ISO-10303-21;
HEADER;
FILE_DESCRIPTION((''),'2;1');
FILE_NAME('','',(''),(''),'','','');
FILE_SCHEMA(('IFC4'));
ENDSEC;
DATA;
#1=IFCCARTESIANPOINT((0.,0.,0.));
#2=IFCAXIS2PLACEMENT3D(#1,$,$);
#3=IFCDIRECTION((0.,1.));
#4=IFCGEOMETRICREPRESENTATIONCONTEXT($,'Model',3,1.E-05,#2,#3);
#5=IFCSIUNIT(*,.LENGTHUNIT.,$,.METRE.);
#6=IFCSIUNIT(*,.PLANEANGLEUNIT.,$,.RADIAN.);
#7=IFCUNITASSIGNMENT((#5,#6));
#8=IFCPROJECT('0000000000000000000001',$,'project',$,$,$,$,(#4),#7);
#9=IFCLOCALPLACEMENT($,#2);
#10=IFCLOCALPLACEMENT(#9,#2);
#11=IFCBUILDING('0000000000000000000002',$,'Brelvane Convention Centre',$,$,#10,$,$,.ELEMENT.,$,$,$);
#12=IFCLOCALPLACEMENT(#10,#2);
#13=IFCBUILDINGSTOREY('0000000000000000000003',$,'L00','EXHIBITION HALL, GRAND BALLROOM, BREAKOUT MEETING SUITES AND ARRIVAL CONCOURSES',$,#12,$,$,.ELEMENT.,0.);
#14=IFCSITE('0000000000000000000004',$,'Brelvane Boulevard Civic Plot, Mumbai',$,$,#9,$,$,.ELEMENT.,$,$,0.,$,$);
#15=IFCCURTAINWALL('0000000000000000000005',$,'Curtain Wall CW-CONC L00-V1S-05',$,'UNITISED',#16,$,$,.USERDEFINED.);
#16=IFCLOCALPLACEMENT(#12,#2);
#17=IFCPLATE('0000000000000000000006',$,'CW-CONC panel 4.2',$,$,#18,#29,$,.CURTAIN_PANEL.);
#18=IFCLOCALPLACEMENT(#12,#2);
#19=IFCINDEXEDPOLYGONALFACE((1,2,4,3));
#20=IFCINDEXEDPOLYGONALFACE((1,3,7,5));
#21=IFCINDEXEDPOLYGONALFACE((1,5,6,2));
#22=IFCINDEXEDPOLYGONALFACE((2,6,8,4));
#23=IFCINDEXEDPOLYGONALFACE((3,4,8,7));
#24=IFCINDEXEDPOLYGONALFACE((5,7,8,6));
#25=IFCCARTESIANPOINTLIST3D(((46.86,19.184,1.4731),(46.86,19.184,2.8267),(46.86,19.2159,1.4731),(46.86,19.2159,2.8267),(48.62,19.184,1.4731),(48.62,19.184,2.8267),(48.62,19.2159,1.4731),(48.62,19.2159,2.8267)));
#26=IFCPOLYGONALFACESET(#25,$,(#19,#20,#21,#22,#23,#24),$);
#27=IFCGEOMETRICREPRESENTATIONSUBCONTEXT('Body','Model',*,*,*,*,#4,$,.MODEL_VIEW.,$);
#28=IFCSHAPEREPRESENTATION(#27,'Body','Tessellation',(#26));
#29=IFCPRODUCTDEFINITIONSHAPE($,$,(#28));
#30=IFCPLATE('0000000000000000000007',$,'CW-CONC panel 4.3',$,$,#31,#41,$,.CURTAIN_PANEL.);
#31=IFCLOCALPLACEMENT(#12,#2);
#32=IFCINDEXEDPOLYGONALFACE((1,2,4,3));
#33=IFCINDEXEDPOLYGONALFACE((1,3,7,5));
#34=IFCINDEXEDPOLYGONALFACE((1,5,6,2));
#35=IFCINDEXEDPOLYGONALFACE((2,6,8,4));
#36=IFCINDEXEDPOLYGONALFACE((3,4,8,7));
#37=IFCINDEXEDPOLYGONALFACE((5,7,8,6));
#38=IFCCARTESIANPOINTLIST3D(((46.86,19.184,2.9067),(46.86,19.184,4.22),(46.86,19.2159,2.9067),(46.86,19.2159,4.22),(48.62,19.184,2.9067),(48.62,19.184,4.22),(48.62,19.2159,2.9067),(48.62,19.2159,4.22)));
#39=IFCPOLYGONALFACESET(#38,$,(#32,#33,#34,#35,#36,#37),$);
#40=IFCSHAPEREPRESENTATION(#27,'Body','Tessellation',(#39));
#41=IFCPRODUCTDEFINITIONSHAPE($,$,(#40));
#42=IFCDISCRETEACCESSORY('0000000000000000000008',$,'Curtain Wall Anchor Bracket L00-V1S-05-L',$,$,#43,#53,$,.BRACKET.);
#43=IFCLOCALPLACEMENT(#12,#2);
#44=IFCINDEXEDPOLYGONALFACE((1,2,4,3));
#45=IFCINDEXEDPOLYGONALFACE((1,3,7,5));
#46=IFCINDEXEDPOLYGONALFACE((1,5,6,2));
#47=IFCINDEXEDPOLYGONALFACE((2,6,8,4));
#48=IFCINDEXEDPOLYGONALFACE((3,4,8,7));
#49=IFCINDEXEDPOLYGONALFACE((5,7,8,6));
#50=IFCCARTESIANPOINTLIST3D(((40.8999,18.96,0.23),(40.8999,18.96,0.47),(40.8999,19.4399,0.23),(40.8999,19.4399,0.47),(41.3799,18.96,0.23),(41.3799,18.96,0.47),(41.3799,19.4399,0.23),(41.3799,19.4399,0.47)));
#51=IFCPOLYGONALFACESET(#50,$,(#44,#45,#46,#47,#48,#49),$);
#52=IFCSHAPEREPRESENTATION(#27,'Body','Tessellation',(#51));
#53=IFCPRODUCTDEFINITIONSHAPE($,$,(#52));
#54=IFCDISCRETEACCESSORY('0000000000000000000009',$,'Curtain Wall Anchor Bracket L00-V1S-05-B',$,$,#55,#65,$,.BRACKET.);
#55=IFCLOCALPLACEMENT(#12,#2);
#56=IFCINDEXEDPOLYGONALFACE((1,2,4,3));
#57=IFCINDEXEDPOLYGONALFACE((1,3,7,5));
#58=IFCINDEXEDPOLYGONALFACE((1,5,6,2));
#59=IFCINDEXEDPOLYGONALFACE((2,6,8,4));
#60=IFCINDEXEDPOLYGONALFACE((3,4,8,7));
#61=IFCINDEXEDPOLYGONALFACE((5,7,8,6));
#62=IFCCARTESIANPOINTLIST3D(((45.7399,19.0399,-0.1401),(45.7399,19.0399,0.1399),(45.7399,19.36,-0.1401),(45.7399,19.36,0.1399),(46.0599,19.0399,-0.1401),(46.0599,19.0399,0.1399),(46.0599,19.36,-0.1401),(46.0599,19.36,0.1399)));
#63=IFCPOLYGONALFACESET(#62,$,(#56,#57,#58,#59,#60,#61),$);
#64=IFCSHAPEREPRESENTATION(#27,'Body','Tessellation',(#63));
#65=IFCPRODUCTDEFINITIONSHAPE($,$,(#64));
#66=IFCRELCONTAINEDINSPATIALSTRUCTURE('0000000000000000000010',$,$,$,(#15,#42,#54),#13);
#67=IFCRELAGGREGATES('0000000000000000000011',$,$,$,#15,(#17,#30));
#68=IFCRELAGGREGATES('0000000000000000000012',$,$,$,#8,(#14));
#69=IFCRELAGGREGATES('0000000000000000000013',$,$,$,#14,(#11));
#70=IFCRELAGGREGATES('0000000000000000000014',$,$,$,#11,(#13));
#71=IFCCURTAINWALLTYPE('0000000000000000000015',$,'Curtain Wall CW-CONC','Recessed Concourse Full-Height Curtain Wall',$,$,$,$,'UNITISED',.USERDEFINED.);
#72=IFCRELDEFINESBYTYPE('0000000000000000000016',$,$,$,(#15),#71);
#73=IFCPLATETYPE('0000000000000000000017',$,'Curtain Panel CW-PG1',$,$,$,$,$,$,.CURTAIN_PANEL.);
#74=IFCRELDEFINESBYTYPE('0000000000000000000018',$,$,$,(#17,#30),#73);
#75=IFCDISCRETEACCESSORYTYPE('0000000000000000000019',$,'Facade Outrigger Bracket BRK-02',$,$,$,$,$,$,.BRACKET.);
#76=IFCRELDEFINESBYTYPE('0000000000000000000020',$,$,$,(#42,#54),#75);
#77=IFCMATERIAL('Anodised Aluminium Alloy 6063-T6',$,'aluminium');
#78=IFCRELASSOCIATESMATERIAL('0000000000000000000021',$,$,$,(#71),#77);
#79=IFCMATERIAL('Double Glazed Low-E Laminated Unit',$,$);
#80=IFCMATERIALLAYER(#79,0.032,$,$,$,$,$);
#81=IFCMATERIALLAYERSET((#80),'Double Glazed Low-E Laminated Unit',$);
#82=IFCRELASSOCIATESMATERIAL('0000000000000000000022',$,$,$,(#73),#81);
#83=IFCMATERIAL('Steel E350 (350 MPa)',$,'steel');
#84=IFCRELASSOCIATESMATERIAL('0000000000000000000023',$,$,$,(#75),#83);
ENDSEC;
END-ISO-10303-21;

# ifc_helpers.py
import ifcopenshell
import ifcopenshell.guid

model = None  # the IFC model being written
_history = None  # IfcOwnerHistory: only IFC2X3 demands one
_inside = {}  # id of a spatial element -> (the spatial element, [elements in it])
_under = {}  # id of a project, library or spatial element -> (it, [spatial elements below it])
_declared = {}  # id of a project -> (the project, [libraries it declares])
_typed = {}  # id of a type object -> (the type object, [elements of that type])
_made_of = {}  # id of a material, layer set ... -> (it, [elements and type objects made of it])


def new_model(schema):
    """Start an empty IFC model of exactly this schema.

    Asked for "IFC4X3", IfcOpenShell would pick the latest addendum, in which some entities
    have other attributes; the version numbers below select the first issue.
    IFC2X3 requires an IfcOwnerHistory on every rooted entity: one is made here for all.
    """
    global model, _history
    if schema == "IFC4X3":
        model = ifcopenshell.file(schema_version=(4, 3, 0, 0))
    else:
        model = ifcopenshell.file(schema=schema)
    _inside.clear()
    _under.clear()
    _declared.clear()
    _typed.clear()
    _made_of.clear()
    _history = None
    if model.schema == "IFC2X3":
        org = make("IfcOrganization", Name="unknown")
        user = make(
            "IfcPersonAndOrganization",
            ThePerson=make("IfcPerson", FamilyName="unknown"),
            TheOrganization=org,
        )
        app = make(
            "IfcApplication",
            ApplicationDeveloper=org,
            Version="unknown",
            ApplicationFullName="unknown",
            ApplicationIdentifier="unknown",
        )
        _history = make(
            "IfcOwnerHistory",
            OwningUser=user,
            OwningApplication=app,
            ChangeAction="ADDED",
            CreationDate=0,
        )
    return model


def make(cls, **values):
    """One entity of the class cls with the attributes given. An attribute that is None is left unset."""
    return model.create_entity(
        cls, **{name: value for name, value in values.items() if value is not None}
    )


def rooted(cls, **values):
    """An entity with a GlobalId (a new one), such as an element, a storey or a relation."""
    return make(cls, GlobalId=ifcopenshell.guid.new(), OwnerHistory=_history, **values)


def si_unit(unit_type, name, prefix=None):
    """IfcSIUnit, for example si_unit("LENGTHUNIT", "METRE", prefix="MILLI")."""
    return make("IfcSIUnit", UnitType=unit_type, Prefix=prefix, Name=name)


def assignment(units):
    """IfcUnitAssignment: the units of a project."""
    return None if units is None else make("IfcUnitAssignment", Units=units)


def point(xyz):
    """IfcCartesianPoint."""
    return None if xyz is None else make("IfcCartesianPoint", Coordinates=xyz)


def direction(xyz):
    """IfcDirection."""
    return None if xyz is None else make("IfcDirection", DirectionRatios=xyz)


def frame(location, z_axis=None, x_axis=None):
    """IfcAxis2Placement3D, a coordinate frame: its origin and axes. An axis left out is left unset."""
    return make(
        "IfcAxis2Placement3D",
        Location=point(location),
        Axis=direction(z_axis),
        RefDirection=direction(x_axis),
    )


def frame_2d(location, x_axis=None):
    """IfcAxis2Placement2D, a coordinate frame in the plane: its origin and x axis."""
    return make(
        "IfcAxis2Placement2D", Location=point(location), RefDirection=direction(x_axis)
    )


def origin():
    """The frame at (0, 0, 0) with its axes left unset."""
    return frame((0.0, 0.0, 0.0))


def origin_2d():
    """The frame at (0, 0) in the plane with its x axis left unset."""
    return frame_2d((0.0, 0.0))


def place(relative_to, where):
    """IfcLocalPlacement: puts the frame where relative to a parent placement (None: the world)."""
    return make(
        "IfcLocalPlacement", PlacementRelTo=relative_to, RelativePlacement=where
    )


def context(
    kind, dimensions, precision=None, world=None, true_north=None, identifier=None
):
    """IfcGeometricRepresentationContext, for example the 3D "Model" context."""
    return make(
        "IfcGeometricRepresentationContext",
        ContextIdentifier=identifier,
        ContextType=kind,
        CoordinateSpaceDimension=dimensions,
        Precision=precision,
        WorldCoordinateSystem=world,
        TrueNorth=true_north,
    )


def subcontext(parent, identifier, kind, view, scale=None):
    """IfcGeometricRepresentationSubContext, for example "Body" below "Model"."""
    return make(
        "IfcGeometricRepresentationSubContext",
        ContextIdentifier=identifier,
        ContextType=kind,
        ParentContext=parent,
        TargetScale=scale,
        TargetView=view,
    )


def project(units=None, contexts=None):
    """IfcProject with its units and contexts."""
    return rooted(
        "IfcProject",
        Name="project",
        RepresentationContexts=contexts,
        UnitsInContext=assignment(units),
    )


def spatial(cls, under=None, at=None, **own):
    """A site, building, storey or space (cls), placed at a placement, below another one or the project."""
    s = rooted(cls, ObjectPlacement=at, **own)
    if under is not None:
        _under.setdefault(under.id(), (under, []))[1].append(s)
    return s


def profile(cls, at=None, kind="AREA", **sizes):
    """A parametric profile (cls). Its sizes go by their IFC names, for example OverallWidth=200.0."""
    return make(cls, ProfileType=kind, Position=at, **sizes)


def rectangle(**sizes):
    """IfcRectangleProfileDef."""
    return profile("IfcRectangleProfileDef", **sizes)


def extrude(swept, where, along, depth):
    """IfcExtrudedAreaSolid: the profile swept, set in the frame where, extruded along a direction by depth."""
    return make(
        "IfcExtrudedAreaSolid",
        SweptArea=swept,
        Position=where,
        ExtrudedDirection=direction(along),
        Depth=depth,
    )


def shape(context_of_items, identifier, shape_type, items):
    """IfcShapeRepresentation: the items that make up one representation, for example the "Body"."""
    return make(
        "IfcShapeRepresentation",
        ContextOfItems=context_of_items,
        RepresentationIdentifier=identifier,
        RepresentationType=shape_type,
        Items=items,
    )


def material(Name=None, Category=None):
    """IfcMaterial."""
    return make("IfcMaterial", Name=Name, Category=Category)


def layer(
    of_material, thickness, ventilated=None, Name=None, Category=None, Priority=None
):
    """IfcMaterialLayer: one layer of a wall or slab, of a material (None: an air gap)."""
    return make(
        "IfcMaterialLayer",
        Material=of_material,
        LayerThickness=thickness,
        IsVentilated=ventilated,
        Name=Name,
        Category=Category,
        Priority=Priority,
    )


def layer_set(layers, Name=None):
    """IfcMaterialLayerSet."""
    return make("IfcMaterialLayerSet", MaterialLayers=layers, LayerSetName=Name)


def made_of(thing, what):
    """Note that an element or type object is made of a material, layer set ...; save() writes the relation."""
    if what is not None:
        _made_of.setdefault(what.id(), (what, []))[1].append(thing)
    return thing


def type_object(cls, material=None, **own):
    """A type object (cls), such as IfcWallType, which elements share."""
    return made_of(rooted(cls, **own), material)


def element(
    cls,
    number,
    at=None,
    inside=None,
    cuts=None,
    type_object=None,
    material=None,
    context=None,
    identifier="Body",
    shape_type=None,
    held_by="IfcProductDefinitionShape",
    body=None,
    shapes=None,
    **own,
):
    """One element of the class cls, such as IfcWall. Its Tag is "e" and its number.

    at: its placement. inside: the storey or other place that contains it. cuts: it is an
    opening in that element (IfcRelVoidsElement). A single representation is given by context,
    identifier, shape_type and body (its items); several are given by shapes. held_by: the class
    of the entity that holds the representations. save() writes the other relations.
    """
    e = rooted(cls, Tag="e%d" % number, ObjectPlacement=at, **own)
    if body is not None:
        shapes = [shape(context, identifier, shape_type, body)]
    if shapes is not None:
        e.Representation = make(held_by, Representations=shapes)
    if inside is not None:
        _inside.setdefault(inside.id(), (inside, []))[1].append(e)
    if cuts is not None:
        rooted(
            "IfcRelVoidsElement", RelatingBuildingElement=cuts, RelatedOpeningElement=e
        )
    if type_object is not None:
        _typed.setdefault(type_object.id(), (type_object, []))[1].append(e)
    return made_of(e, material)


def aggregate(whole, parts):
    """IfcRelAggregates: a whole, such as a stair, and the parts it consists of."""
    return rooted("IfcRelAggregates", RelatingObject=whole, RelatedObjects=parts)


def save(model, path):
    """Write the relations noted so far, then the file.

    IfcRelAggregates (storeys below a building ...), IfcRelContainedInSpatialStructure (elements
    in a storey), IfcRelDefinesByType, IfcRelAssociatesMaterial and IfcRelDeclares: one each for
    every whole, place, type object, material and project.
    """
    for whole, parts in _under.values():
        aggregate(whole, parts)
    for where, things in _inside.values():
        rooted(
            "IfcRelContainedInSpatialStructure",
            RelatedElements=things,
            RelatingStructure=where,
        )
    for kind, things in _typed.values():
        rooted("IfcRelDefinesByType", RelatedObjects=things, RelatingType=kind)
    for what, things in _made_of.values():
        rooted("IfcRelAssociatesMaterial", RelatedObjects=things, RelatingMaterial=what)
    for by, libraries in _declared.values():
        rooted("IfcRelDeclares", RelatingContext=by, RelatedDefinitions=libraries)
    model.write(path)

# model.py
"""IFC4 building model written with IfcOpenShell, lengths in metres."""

from ifc_helpers import new_model, si_unit, direction, frame, origin, origin_2d, place, context, subcontext, project, spatial, rectangle, extrude, material, layer, layer_set, type_object, element, aggregate, save


model = new_model("IFC4")

# Units and contexts
model_context = context("Model", 3, precision=1e-05, world=origin(), true_north=direction((0.0, 1.0)))
body_context = subcontext(model_context, "Body", "Model", "MODEL_VIEW")
ifc_project = project(units=[si_unit("LENGTHUNIT", "METRE"), si_unit("PLANEANGLEUNIT", "RADIAN")], contexts=[model_context])

# Site, building, storey
site_placement = place(None, origin())
site = spatial("IfcSite", under=ifc_project, at=site_placement, Name="Brelvane Boulevard Civic Plot, Mumbai", CompositionType="ELEMENT", RefElevation=0.0)
building_placement = place(site_placement, origin())
building = spatial("IfcBuilding", under=site, at=building_placement, Name="Brelvane Convention Centre", CompositionType="ELEMENT")
storey_placement = place(building_placement, origin())
storey = spatial("IfcBuildingStorey", under=building, at=storey_placement, Name="L00", Description="EXHIBITION HALL, GRAND BALLROOM, BREAKOUT MEETING SUITES AND ARRIVAL CONCOURSES", CompositionType="ELEMENT", Elevation=0.0)

# Curtain wall, plates
ifc_material_1 = material(Name="Anodised Aluminium Alloy 6063-T6", Category="aluminium")
curtain_wall_type = type_object("IfcCurtainWallType", Name="Curtain Wall CW-CONC", Description="Recessed Concourse Full-Height Curtain Wall", ElementType="UNITISED", PredefinedType="USERDEFINED", material=ifc_material_1)
curtain_wall_placement = place(storey_placement, origin())
curtain_wall = element("IfcCurtainWall", 1, at=curtain_wall_placement, inside=storey, type_object=curtain_wall_type, Name="Curtain Wall CW-CONC L00-V1S-05", ObjectType="UNITISED", PredefinedType="USERDEFINED")
ifc_material_2 = material(Name="Double Glazed Low-E Laminated Unit")
ifc_layer = layer(ifc_material_2, 0.032)
ifc_layer_set = layer_set([ifc_layer], Name="Double Glazed Low-E Laminated Unit")
plate_type = type_object("IfcPlateType", Name="Curtain Panel CW-PG1", PredefinedType="CURTAIN_PANEL", material=ifc_layer_set)
plate_1_placement = place(storey_placement, frame((47.74, 19.2, 1.4731), z_axis=(0.0, 0.0, 1.0), x_axis=(1.0, 0.0, 0.0)))
plate_1 = element("IfcPlate", 2, at=plate_1_placement, type_object=plate_type, Name="CW-CONC panel 4.2", PredefinedType="CURTAIN_PANEL", context=body_context, shape_type="SweptSolid", body=[
    extrude(rectangle(XDim=1.76, YDim=0.032, at=origin_2d()), origin(), (0.0, 0.0, 1.0), 1.3535),
])
plate_2_placement = place(storey_placement, frame((47.74, 19.2, 2.9067), z_axis=(0.0, 0.0, 1.0), x_axis=(1.0, 0.0, 0.0)))
plate_2 = element("IfcPlate", 3, at=plate_2_placement, type_object=plate_type, Name="CW-CONC panel 4.3", PredefinedType="CURTAIN_PANEL", context=body_context, shape_type="SweptSolid", body=[
    extrude(rectangle(XDim=1.76, YDim=0.032, at=origin_2d()), origin(), (0.0, 0.0, 1.0), 1.3132),
])
aggregate(curtain_wall, [plate_1, plate_2])

# Discrete accessories
ifc_material_3 = material(Name="Steel E350 (350 MPa)", Category="steel")
discrete_accessory_type = type_object("IfcDiscreteAccessoryType", Name="Facade Outrigger Bracket BRK-02", PredefinedType="BRACKET", material=ifc_material_3)
discrete_accessory_1_placement = place(storey_placement, frame((41.1399, 19.2, 0.23), z_axis=(0.0, 0.0, 1.0), x_axis=(1.0, 0.0, 0.0)))
element("IfcDiscreteAccessory", 4, at=discrete_accessory_1_placement, inside=storey, type_object=discrete_accessory_type, Name="Curtain Wall Anchor Bracket L00-V1S-05-L", PredefinedType="BRACKET", context=body_context, shape_type="SweptSolid", body=[
    extrude(rectangle(XDim=0.48, YDim=0.48, at=origin_2d()), origin(), (0.0, 0.0, 1.0), 0.24),
])
discrete_accessory_2_placement = place(storey_placement, frame((45.8999, 19.2, -0.1401), z_axis=(0.0, 0.0, 1.0), x_axis=(1.0, 0.0, 0.0)))
element("IfcDiscreteAccessory", 5, at=discrete_accessory_2_placement, inside=storey, type_object=discrete_accessory_type, Name="Curtain Wall Anchor Bracket L00-V1S-05-B", PredefinedType="BRACKET", context=body_context, shape_type="SweptSolid", body=[
    extrude(rectangle(XDim=0.3201, YDim=0.3201, at=origin_2d()), origin(), (0.0, 0.0, 1.0), 0.28),
])

save(model, "model.ifc")
